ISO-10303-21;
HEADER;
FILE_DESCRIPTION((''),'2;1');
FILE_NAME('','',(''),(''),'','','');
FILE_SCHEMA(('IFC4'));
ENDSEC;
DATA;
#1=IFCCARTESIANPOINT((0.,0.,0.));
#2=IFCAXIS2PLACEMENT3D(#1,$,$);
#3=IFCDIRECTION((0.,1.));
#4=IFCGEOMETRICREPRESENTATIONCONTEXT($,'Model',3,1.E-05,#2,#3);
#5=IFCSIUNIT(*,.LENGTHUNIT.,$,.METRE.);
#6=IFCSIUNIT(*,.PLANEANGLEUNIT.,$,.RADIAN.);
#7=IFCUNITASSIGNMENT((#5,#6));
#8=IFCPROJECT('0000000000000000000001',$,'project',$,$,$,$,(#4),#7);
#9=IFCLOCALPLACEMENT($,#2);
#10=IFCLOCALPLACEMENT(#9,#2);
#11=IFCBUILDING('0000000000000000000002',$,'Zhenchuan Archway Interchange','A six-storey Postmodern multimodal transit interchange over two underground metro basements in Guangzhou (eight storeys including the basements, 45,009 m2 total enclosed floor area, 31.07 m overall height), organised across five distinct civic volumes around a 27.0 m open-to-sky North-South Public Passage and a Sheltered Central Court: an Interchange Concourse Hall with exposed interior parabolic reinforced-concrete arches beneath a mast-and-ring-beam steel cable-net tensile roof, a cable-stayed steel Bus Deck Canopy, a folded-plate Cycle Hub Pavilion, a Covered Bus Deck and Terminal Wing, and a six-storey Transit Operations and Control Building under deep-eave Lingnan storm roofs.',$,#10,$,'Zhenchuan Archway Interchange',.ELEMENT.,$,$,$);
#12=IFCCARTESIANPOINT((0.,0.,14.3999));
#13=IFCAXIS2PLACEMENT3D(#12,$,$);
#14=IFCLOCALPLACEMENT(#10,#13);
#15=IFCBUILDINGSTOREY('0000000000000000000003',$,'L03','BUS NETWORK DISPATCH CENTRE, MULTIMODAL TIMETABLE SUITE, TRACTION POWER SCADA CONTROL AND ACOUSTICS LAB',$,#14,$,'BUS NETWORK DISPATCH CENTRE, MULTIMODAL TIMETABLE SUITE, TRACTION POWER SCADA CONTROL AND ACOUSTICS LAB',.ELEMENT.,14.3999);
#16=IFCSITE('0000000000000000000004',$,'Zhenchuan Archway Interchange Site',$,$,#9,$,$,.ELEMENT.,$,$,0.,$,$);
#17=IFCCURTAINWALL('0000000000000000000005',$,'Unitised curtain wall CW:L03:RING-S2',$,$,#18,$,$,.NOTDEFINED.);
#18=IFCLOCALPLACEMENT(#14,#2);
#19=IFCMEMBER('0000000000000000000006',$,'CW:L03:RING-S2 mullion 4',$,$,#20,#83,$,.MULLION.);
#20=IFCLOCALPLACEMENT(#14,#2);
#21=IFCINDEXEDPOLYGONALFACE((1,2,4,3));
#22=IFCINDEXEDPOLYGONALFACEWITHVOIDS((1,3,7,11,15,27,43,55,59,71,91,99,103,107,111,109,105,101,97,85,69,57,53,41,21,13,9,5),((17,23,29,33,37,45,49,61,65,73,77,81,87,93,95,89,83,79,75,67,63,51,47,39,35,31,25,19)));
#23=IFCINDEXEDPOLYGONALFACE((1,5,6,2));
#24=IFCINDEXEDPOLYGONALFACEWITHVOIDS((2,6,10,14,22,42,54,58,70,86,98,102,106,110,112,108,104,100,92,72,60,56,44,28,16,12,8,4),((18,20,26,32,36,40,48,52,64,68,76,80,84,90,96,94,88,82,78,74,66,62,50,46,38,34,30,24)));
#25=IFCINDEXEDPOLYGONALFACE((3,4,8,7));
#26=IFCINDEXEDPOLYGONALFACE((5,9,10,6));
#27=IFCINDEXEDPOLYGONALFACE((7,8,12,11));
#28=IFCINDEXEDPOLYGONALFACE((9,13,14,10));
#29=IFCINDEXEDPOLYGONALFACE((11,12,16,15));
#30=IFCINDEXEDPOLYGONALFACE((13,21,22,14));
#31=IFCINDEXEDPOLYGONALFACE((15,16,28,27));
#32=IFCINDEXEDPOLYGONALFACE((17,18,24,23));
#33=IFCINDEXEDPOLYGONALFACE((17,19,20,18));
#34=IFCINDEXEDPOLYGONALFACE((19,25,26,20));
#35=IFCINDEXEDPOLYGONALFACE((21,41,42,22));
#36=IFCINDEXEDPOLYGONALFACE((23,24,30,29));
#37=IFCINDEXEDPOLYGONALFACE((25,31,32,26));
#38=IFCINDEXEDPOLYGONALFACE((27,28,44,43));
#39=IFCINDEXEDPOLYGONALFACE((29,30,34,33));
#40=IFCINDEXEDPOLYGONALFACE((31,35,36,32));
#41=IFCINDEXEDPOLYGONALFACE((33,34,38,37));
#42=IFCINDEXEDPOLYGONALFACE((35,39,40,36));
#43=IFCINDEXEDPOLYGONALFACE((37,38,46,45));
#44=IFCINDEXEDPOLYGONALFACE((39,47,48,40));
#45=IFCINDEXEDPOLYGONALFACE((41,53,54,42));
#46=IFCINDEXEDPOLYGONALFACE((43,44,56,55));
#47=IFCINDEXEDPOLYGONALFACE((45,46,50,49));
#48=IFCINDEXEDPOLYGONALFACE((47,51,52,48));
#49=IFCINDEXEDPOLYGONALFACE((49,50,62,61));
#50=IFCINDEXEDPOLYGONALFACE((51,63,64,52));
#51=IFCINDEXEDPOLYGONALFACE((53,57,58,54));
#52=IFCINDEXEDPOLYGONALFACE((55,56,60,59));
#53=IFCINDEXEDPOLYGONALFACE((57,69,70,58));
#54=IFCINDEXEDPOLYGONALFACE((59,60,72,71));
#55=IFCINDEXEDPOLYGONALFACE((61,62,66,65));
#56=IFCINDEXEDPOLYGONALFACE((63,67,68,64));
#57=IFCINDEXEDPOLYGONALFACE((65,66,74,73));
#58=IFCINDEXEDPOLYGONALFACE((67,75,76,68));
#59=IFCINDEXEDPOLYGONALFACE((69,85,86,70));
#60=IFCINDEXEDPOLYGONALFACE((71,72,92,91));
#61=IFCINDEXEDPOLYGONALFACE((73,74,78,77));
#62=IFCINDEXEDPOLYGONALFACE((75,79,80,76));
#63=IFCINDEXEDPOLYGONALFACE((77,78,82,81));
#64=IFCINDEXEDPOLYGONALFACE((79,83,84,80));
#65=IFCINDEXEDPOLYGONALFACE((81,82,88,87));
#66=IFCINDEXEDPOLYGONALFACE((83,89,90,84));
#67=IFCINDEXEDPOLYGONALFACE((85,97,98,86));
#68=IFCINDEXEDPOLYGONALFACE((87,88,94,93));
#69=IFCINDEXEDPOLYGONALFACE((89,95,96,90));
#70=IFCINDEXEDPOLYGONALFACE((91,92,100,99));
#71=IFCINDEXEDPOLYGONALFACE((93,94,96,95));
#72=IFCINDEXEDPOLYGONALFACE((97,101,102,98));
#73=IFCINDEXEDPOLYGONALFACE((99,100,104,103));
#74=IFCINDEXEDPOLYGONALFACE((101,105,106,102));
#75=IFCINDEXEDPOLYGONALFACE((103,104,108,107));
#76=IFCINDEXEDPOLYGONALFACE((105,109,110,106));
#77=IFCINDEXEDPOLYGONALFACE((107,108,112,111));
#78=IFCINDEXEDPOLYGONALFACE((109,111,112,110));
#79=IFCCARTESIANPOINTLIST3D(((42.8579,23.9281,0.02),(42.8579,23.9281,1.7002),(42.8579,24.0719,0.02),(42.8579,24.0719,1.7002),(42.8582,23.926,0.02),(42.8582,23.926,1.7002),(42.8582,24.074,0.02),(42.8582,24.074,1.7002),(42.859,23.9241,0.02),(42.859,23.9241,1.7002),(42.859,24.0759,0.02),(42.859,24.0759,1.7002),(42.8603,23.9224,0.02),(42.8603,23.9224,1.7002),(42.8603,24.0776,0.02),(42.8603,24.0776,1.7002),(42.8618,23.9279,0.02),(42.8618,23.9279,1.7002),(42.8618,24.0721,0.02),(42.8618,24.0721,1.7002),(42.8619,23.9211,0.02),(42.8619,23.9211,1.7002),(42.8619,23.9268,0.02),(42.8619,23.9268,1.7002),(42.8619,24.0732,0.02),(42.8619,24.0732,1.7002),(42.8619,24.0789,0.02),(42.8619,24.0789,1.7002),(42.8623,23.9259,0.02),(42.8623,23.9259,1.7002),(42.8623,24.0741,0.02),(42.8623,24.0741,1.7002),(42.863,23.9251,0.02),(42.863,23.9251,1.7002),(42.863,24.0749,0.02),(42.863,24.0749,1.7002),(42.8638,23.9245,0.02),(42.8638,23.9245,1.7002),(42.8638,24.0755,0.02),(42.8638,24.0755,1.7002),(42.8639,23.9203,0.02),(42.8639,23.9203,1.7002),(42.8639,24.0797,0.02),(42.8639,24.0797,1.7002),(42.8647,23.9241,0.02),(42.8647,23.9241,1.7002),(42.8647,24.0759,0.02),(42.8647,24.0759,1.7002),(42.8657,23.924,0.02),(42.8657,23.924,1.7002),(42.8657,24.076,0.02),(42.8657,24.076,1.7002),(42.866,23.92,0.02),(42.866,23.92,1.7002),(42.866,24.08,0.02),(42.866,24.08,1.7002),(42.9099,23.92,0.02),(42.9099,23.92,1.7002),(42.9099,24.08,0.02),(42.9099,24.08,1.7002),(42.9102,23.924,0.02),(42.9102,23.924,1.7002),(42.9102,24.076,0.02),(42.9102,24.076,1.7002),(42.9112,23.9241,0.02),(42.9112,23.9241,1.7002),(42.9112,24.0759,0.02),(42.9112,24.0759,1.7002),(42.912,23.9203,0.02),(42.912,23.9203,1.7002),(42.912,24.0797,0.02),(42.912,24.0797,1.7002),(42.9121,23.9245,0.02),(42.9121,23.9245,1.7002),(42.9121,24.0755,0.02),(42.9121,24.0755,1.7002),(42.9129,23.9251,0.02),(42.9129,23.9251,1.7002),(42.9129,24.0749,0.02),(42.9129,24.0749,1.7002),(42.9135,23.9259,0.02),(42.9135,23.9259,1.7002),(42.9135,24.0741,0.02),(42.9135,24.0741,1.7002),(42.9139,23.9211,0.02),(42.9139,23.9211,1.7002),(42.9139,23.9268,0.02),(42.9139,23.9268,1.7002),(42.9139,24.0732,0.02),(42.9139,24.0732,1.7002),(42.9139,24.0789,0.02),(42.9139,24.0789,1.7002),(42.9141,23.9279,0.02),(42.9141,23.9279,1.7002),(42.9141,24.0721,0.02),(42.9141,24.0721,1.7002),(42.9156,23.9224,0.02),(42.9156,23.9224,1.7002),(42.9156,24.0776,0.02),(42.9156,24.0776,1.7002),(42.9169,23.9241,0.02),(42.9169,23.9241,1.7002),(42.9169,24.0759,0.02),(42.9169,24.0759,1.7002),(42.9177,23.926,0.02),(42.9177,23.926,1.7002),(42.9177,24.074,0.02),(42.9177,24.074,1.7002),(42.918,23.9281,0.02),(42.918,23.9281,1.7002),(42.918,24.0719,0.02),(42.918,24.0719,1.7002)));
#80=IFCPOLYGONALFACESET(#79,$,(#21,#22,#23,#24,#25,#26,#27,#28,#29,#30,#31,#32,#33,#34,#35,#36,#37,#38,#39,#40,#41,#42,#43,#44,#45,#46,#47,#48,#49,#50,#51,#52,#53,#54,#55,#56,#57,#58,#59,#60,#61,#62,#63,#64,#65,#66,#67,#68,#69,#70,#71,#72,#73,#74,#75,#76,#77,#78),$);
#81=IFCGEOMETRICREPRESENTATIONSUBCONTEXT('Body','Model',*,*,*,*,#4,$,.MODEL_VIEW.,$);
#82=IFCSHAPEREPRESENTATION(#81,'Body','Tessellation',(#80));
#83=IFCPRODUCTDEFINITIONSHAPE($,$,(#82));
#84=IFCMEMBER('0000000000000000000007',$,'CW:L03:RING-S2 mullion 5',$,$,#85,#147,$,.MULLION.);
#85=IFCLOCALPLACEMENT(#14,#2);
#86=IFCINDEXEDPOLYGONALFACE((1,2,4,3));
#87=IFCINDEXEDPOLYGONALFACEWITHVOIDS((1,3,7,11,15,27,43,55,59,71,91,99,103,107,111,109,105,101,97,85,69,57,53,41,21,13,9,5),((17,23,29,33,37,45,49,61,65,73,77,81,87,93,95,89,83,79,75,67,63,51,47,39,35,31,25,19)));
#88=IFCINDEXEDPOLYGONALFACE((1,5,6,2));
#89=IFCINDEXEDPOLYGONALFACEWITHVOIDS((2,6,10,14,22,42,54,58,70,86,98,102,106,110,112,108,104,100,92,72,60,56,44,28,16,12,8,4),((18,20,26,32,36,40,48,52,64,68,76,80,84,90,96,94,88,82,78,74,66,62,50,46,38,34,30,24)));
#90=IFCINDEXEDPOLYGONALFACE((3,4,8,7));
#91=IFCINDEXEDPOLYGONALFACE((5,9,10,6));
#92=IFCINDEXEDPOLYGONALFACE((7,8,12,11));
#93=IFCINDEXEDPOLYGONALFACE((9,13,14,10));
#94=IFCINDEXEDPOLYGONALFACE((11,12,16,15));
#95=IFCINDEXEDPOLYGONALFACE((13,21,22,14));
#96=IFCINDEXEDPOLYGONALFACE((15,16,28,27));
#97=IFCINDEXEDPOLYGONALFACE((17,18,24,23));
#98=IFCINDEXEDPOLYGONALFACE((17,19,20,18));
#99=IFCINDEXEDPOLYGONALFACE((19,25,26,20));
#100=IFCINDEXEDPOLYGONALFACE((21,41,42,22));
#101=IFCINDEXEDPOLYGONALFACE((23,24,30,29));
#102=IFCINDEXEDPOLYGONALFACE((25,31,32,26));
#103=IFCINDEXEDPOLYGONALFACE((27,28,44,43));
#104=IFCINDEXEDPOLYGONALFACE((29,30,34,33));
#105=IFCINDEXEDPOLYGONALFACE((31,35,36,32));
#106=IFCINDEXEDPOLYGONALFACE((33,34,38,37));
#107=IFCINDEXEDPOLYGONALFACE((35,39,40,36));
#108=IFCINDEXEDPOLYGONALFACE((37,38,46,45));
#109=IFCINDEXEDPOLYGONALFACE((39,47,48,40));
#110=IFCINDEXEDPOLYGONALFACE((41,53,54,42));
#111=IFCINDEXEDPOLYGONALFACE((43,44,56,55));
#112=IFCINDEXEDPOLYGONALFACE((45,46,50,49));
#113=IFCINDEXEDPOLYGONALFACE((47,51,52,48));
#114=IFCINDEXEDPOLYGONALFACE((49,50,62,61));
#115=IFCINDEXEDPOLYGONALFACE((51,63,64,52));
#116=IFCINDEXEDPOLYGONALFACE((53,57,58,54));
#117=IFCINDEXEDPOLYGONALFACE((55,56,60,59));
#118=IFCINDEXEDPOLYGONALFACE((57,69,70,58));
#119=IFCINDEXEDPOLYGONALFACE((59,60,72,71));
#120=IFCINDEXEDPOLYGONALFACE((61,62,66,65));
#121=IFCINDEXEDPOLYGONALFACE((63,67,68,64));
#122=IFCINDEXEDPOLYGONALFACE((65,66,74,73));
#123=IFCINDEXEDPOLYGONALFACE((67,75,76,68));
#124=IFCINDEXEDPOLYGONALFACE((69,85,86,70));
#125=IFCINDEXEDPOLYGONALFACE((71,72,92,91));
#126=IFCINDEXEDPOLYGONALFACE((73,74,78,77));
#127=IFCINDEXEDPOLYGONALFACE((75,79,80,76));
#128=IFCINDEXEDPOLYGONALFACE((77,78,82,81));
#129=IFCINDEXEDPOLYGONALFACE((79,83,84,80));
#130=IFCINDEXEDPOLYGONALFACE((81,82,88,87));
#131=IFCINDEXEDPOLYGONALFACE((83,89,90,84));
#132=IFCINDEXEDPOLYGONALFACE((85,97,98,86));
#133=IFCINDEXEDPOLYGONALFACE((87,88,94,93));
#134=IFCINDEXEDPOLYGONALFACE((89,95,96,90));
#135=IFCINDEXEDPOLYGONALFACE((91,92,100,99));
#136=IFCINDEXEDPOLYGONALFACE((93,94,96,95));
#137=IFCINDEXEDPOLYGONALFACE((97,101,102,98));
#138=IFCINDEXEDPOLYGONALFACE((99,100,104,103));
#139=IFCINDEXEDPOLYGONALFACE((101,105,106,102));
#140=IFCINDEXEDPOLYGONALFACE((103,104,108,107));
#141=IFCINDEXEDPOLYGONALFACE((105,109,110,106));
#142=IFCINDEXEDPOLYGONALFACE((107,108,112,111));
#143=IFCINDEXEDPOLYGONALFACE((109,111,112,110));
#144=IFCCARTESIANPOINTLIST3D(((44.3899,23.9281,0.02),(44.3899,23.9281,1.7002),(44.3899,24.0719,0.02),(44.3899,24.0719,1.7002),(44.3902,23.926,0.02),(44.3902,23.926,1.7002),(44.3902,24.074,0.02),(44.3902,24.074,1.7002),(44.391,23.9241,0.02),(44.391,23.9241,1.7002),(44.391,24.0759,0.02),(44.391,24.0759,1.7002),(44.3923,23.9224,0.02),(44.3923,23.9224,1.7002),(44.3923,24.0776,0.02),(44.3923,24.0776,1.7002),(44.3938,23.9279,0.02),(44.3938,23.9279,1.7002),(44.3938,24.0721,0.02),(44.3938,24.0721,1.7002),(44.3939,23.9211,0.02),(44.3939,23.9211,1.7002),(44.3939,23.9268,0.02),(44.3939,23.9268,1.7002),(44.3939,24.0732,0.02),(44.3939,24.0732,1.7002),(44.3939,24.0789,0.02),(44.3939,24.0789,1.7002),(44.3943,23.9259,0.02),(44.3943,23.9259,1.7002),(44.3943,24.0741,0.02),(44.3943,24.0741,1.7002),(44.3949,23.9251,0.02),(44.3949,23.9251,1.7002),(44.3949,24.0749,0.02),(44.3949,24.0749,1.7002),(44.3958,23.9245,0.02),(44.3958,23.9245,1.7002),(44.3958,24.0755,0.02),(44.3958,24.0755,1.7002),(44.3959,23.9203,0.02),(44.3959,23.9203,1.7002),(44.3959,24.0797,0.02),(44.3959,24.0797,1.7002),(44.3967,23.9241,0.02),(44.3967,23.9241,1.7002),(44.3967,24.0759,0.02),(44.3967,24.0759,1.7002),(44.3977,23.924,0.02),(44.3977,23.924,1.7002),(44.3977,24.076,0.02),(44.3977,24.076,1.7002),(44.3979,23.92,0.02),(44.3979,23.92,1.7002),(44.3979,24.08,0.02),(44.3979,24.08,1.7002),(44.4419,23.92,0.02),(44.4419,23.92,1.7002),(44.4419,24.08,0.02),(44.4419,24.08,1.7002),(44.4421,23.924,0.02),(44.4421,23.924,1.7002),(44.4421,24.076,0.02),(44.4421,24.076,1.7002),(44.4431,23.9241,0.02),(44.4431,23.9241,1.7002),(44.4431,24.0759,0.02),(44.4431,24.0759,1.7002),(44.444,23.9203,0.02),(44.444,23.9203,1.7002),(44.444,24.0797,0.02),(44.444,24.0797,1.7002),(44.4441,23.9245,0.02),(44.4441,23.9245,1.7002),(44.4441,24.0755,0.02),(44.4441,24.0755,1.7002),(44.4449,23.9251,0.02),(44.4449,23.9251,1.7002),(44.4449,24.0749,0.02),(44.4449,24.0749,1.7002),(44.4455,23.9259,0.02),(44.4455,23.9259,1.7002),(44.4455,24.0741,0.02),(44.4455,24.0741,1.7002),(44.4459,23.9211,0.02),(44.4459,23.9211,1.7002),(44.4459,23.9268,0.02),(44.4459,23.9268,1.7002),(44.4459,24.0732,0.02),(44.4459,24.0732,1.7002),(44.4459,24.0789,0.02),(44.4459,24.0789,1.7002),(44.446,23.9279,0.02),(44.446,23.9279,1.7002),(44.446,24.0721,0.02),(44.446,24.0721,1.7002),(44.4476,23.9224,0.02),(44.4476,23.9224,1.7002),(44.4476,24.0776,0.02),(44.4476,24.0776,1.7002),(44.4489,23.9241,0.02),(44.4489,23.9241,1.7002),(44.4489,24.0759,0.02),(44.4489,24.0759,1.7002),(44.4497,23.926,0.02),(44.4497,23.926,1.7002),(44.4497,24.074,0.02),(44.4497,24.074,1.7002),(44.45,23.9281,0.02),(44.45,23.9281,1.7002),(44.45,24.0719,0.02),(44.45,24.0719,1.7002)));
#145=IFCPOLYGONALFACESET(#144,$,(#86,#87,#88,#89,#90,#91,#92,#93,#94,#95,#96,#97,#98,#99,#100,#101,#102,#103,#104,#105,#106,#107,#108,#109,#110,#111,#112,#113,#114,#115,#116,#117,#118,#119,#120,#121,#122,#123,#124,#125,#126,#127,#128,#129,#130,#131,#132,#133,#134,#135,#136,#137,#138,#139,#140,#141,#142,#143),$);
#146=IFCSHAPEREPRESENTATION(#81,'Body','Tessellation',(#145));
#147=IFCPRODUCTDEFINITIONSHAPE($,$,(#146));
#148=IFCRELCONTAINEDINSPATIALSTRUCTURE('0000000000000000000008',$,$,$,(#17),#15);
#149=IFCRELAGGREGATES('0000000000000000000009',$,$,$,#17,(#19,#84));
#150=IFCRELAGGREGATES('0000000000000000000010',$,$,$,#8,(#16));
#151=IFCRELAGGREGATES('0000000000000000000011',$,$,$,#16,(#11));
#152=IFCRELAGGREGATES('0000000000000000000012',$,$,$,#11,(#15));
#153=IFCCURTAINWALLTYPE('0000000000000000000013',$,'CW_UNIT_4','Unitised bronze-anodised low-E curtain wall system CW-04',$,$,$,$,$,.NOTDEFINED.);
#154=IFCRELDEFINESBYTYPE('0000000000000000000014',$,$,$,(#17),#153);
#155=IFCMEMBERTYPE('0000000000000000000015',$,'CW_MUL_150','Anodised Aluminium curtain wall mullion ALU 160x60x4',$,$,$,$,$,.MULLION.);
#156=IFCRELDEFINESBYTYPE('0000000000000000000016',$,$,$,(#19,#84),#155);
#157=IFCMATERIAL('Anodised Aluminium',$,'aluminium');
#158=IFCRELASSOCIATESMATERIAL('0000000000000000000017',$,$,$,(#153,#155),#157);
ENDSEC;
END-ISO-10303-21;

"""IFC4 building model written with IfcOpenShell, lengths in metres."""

from ifc_helpers import new_model, si_unit, direction, frame, origin, origin_2d, place, context, subcontext, project, spatial, hollow_rectangle, extrude, material, material_profile, profile_set, type_object, element, aggregate, save


model = new_model("IFC4")

# Units and contexts
model_context = context("Model", 3, precision=1e-05, world=origin(), true_north=direction((0.0, 1.0)))
body_context = subcontext(model_context, "Body", "Model", "MODEL_VIEW")
ifc_project = project(units=[si_unit("LENGTHUNIT", "METRE"), si_unit("PLANEANGLEUNIT", "RADIAN")], contexts=[model_context])

# Site, building, storey
site_placement = place(None, origin())
site = spatial("IfcSite", under=ifc_project, at=site_placement, Name="Zhenchuan Archway Interchange Site", CompositionType="ELEMENT", RefElevation=0.0)
building_placement = place(site_placement, origin())
building = spatial("IfcBuilding", under=site, at=building_placement, Name="Zhenchuan Archway Interchange", Description="A six-storey Postmodern multimodal transit interchange over two underground metro basements in Guangzhou (eight storeys including the basements, 45,009 m2 total enclosed floor area, 31.07 m overall height), organised across five distinct civic volumes around a 27.0 m open-to-sky North-South Public Passage and a Sheltered Central Court: an Interchange Concourse Hall with exposed interior parabolic reinforced-concrete arches beneath a mast-and-ring-beam steel cable-net tensile roof, a cable-stayed steel Bus Deck Canopy, a folded-plate Cycle Hub Pavilion, a Covered Bus Deck and Terminal Wing, and a six-storey Transit Operations and Control Building under deep-eave Lingnan storm roofs.", LongName="Zhenchuan Archway Interchange", CompositionType="ELEMENT")
storey_placement = place(building_placement, frame((0.0, 0.0, 14.3999)))
storey = spatial("IfcBuildingStorey", under=building, at=storey_placement, Name="L03", Description="BUS NETWORK DISPATCH CENTRE, MULTIMODAL TIMETABLE SUITE, TRACTION POWER SCADA CONTROL AND ACOUSTICS LAB", LongName="BUS NETWORK DISPATCH CENTRE, MULTIMODAL TIMETABLE SUITE, TRACTION POWER SCADA CONTROL AND ACOUSTICS LAB", CompositionType="ELEMENT", Elevation=14.3999)

# Curtain wall, members
ifc_material_1 = material(Name="Anodised Aluminium", Category="aluminium")
curtain_wall_type = type_object("IfcCurtainWallType", Name="CW_UNIT_4", Description="Unitised bronze-anodised low-E curtain wall system CW-04", PredefinedType="NOTDEFINED", material=ifc_material_1)
curtain_wall_1_placement = place(storey_placement, origin())
curtain_wall_1 = element("IfcCurtainWall", 1, at=curtain_wall_1_placement, inside=storey, type_object=curtain_wall_type, Name="Unitised curtain wall CW:L03:RING-S2", PredefinedType="NOTDEFINED")
ifc_material_profile_1 = material_profile(ifc_material_1, hollow_rectangle(XDim=0.0601, YDim=0.1599, WallThickness=0.0039, InnerFilletRadius=0.0039, OuterFilletRadius=0.0081, at=origin_2d()), Name="ALU 160x60x4")
ifc_profile_set_1 = profile_set([ifc_material_profile_1], Name="Anodised Aluminium")
member_type_1 = type_object("IfcMemberType", Name="CW_MUL_150", Description="Anodised Aluminium curtain wall mullion ALU 160x60x4", PredefinedType="MULLION", material=ifc_profile_set_1)
member_1_placement = place(storey_placement, frame((42.8879, 24.0, 0.02), z_axis=(0.0, 0.0, 1.0), x_axis=(1.0, 0.0, 0.0)))
member_1 = element("IfcMember", 2, at=member_1_placement, type_object=member_type_1, Name="CW:L03:RING-S2 mullion 4", PredefinedType="MULLION", context=body_context, shape_type="SweptSolid", body=[
    extrude(hollow_rectangle(XDim=0.0601, YDim=0.1599, WallThickness=0.0039, InnerFilletRadius=0.0039, OuterFilletRadius=0.0081, at=origin_2d()), origin(), (0.0, 0.0, 1.0), 1.6802),
])
member_2_placement = place(storey_placement, frame((44.4199, 24.0, 0.02), z_axis=(0.0, 0.0, 1.0), x_axis=(1.0, 0.0, 0.0)))
member_2 = element("IfcMember", 3, at=member_2_placement, type_object=member_type_1, Name="CW:L03:RING-S2 mullion 5", PredefinedType="MULLION", context=body_context, shape_type="SweptSolid", body=[
    extrude(hollow_rectangle(XDim=0.0601, YDim=0.1599, WallThickness=0.0039, InnerFilletRadius=0.0039, OuterFilletRadius=0.0081, at=origin_2d()), origin(), (0.0, 0.0, 1.0), 1.6802),
])

aggregate(curtain_wall_1, [member_1, member_2])

save(model, "model.ifc")
